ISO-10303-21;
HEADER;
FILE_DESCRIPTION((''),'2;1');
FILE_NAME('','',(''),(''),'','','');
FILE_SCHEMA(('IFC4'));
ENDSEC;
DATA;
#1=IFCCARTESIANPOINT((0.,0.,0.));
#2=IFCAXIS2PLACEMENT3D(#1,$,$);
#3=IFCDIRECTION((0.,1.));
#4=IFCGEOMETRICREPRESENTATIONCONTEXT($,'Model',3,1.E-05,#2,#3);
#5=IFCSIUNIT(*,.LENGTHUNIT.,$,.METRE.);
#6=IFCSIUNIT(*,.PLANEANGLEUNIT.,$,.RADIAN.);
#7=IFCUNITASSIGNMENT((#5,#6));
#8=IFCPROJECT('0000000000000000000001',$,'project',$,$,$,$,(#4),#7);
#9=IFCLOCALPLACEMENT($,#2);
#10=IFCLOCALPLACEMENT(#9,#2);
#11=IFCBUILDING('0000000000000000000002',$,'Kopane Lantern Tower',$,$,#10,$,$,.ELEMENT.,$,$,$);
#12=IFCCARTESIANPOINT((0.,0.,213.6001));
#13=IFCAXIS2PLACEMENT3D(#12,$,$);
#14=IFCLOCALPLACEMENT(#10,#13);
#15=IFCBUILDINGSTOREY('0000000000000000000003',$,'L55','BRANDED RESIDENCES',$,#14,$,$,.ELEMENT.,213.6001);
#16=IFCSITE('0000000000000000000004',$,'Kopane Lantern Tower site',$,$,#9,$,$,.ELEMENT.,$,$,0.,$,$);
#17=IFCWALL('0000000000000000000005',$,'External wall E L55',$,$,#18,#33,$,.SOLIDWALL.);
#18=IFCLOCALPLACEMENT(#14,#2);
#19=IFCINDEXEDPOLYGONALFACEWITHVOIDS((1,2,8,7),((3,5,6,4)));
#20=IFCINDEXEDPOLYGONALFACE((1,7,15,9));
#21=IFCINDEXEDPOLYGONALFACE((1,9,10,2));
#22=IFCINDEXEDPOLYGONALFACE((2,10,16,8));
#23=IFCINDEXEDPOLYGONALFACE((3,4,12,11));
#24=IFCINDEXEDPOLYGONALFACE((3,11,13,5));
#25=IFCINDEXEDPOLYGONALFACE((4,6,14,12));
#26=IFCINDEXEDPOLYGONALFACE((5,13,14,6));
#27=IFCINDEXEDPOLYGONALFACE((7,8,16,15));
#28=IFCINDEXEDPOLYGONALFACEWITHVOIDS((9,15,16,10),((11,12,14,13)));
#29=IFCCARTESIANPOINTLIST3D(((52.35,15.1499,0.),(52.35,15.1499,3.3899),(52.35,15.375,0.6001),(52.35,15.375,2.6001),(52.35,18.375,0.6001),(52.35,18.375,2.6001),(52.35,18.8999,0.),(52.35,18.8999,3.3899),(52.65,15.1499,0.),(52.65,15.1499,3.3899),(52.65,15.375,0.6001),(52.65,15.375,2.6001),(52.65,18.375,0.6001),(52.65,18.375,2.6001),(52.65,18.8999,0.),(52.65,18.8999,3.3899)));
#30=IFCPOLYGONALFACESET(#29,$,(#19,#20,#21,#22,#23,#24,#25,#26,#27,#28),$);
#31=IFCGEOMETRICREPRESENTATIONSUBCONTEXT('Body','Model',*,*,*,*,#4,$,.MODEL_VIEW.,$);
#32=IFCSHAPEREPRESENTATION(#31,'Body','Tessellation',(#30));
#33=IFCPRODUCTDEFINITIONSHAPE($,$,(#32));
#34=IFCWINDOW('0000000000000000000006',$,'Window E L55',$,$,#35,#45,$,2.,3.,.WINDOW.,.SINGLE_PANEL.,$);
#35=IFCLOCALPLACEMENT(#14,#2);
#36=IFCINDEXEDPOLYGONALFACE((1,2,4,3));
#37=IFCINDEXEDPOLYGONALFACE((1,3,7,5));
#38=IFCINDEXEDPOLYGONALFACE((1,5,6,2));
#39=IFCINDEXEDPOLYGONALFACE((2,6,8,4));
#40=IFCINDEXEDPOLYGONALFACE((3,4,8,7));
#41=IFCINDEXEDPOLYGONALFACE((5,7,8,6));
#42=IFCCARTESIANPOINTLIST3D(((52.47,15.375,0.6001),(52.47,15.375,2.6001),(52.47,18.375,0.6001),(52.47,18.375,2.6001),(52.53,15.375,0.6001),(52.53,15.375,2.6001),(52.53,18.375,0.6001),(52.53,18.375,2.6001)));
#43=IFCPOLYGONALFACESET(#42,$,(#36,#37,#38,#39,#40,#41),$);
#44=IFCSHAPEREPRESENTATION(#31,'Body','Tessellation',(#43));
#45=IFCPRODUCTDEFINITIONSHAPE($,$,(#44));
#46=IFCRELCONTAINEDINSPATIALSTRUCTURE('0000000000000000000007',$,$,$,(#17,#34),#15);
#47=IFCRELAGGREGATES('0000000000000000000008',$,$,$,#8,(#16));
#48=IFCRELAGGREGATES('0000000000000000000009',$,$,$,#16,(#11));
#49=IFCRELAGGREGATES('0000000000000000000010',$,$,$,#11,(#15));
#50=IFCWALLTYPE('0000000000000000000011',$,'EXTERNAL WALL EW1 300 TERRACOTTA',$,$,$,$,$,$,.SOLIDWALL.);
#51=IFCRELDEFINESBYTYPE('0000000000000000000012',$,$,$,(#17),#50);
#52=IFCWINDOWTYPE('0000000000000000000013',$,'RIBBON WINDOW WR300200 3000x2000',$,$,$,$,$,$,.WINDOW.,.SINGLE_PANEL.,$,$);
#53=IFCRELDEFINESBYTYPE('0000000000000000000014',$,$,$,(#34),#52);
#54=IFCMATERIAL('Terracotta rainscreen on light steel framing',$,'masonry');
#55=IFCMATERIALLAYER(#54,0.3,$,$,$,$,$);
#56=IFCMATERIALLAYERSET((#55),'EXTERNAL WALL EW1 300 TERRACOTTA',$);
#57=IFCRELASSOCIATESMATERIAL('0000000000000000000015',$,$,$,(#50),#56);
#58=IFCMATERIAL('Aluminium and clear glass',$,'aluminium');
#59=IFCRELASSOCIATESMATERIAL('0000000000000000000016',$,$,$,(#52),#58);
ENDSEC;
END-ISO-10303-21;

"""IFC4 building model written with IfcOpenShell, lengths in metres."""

from ifc_helpers import new_model, si_unit, direction, frame, frame_2d, origin, place, context, subcontext, project, spatial, rectangle, extrude, material, layer, layer_set, type_object, element, fill, save


model = new_model("IFC4")

# Units and contexts
model_context = context("Model", 3, precision=1e-05, world=origin(), true_north=direction((0.0, 1.0)))
body_context = subcontext(model_context, "Body", "Model", "MODEL_VIEW")
ifc_project = project(units=[si_unit("LENGTHUNIT", "METRE"), si_unit("PLANEANGLEUNIT", "RADIAN")], contexts=[model_context])

# Site, building, storey
site_placement = place(None, origin())
site = spatial("IfcSite", under=ifc_project, at=site_placement, Name="Kopane Lantern Tower site", CompositionType="ELEMENT", RefElevation=0.0)
building_placement = place(site_placement, origin())
building = spatial("IfcBuilding", under=site, at=building_placement, Name="Kopane Lantern Tower", CompositionType="ELEMENT")
storey_placement = place(building_placement, frame((0.0, 0.0, 213.6001)))
storey = spatial("IfcBuildingStorey", under=building, at=storey_placement, Name="L55", Description="BRANDED RESIDENCES", CompositionType="ELEMENT", Elevation=213.6001)

# Wall, opening, window
ifc_material_1 = material(Name="Terracotta rainscreen on light steel framing", Category="masonry")
ifc_layer_1 = layer(ifc_material_1, 0.3)
ifc_layer_set_1 = layer_set([ifc_layer_1], Name="EXTERNAL WALL EW1 300 TERRACOTTA")
wall_type_1 = type_object("IfcWallType", Name="EXTERNAL WALL EW1 300 TERRACOTTA", PredefinedType="SOLIDWALL", material=ifc_layer_set_1)
wall_1_placement = place(storey_placement, frame((52.5, 15.1499, 0.0), z_axis=(0.0, 0.0, 1.0), x_axis=(0.0, 1.0, 0.0)))
wall_1 = element("IfcWall", 1, at=wall_1_placement, inside=storey, type_object=wall_type_1, Name="External wall E L55", PredefinedType="SOLIDWALL", context=body_context, shape_type="SweptSolid", body=[
    extrude(rectangle(XDim=3.75, YDim=0.3, at=frame_2d((1.875, 0.0))), origin(), (0.0, 0.0, 1.0), 3.3899),
])
opening_1_placement = place(wall_1_placement, frame((0.2251, 0.0, 0.6001)))
opening_1 = element("IfcOpeningElement", 2, at=opening_1_placement, cuts=wall_1, PredefinedType="OPENING", context=body_context, shape_type="SweptSolid", body=[
    extrude(rectangle(XDim=3.0, YDim=2.0, at=frame_2d((1.5, 1.0))), frame((0.0, 0.1599, 0.0), z_axis=(0.0, -1.0, 0.0), x_axis=(1.0, 0.0, 0.0)), (0.0, 0.0, 1.0), 0.3201),
])
ifc_material_2 = material(Name="Aluminium and clear glass", Category="aluminium")
window_type = type_object("IfcWindowType", Name="RIBBON WINDOW WR300200 3000x2000", PartitioningType="SINGLE_PANEL", PredefinedType="WINDOW", material=ifc_material_2)
window_placement = place(opening_1_placement, origin())
window = element("IfcWindow", 3, at=window_placement, inside=storey, type_object=window_type, Name="Window E L55", OverallHeight=2.0, OverallWidth=3.0, PartitioningType="SINGLE_PANEL", PredefinedType="WINDOW", context=body_context, shape_type="SweptSolid", body=[
    extrude(rectangle(XDim=3.0, YDim=2.0, at=frame_2d((1.5, 1.0))), frame((0.0, 0.03, 0.0), z_axis=(0.0, -1.0, 0.0), x_axis=(1.0, 0.0, 0.0)), (0.0, 0.0, 1.0), 0.0601),
])
fill(opening_1, window)

save(model, "model.ifc")
